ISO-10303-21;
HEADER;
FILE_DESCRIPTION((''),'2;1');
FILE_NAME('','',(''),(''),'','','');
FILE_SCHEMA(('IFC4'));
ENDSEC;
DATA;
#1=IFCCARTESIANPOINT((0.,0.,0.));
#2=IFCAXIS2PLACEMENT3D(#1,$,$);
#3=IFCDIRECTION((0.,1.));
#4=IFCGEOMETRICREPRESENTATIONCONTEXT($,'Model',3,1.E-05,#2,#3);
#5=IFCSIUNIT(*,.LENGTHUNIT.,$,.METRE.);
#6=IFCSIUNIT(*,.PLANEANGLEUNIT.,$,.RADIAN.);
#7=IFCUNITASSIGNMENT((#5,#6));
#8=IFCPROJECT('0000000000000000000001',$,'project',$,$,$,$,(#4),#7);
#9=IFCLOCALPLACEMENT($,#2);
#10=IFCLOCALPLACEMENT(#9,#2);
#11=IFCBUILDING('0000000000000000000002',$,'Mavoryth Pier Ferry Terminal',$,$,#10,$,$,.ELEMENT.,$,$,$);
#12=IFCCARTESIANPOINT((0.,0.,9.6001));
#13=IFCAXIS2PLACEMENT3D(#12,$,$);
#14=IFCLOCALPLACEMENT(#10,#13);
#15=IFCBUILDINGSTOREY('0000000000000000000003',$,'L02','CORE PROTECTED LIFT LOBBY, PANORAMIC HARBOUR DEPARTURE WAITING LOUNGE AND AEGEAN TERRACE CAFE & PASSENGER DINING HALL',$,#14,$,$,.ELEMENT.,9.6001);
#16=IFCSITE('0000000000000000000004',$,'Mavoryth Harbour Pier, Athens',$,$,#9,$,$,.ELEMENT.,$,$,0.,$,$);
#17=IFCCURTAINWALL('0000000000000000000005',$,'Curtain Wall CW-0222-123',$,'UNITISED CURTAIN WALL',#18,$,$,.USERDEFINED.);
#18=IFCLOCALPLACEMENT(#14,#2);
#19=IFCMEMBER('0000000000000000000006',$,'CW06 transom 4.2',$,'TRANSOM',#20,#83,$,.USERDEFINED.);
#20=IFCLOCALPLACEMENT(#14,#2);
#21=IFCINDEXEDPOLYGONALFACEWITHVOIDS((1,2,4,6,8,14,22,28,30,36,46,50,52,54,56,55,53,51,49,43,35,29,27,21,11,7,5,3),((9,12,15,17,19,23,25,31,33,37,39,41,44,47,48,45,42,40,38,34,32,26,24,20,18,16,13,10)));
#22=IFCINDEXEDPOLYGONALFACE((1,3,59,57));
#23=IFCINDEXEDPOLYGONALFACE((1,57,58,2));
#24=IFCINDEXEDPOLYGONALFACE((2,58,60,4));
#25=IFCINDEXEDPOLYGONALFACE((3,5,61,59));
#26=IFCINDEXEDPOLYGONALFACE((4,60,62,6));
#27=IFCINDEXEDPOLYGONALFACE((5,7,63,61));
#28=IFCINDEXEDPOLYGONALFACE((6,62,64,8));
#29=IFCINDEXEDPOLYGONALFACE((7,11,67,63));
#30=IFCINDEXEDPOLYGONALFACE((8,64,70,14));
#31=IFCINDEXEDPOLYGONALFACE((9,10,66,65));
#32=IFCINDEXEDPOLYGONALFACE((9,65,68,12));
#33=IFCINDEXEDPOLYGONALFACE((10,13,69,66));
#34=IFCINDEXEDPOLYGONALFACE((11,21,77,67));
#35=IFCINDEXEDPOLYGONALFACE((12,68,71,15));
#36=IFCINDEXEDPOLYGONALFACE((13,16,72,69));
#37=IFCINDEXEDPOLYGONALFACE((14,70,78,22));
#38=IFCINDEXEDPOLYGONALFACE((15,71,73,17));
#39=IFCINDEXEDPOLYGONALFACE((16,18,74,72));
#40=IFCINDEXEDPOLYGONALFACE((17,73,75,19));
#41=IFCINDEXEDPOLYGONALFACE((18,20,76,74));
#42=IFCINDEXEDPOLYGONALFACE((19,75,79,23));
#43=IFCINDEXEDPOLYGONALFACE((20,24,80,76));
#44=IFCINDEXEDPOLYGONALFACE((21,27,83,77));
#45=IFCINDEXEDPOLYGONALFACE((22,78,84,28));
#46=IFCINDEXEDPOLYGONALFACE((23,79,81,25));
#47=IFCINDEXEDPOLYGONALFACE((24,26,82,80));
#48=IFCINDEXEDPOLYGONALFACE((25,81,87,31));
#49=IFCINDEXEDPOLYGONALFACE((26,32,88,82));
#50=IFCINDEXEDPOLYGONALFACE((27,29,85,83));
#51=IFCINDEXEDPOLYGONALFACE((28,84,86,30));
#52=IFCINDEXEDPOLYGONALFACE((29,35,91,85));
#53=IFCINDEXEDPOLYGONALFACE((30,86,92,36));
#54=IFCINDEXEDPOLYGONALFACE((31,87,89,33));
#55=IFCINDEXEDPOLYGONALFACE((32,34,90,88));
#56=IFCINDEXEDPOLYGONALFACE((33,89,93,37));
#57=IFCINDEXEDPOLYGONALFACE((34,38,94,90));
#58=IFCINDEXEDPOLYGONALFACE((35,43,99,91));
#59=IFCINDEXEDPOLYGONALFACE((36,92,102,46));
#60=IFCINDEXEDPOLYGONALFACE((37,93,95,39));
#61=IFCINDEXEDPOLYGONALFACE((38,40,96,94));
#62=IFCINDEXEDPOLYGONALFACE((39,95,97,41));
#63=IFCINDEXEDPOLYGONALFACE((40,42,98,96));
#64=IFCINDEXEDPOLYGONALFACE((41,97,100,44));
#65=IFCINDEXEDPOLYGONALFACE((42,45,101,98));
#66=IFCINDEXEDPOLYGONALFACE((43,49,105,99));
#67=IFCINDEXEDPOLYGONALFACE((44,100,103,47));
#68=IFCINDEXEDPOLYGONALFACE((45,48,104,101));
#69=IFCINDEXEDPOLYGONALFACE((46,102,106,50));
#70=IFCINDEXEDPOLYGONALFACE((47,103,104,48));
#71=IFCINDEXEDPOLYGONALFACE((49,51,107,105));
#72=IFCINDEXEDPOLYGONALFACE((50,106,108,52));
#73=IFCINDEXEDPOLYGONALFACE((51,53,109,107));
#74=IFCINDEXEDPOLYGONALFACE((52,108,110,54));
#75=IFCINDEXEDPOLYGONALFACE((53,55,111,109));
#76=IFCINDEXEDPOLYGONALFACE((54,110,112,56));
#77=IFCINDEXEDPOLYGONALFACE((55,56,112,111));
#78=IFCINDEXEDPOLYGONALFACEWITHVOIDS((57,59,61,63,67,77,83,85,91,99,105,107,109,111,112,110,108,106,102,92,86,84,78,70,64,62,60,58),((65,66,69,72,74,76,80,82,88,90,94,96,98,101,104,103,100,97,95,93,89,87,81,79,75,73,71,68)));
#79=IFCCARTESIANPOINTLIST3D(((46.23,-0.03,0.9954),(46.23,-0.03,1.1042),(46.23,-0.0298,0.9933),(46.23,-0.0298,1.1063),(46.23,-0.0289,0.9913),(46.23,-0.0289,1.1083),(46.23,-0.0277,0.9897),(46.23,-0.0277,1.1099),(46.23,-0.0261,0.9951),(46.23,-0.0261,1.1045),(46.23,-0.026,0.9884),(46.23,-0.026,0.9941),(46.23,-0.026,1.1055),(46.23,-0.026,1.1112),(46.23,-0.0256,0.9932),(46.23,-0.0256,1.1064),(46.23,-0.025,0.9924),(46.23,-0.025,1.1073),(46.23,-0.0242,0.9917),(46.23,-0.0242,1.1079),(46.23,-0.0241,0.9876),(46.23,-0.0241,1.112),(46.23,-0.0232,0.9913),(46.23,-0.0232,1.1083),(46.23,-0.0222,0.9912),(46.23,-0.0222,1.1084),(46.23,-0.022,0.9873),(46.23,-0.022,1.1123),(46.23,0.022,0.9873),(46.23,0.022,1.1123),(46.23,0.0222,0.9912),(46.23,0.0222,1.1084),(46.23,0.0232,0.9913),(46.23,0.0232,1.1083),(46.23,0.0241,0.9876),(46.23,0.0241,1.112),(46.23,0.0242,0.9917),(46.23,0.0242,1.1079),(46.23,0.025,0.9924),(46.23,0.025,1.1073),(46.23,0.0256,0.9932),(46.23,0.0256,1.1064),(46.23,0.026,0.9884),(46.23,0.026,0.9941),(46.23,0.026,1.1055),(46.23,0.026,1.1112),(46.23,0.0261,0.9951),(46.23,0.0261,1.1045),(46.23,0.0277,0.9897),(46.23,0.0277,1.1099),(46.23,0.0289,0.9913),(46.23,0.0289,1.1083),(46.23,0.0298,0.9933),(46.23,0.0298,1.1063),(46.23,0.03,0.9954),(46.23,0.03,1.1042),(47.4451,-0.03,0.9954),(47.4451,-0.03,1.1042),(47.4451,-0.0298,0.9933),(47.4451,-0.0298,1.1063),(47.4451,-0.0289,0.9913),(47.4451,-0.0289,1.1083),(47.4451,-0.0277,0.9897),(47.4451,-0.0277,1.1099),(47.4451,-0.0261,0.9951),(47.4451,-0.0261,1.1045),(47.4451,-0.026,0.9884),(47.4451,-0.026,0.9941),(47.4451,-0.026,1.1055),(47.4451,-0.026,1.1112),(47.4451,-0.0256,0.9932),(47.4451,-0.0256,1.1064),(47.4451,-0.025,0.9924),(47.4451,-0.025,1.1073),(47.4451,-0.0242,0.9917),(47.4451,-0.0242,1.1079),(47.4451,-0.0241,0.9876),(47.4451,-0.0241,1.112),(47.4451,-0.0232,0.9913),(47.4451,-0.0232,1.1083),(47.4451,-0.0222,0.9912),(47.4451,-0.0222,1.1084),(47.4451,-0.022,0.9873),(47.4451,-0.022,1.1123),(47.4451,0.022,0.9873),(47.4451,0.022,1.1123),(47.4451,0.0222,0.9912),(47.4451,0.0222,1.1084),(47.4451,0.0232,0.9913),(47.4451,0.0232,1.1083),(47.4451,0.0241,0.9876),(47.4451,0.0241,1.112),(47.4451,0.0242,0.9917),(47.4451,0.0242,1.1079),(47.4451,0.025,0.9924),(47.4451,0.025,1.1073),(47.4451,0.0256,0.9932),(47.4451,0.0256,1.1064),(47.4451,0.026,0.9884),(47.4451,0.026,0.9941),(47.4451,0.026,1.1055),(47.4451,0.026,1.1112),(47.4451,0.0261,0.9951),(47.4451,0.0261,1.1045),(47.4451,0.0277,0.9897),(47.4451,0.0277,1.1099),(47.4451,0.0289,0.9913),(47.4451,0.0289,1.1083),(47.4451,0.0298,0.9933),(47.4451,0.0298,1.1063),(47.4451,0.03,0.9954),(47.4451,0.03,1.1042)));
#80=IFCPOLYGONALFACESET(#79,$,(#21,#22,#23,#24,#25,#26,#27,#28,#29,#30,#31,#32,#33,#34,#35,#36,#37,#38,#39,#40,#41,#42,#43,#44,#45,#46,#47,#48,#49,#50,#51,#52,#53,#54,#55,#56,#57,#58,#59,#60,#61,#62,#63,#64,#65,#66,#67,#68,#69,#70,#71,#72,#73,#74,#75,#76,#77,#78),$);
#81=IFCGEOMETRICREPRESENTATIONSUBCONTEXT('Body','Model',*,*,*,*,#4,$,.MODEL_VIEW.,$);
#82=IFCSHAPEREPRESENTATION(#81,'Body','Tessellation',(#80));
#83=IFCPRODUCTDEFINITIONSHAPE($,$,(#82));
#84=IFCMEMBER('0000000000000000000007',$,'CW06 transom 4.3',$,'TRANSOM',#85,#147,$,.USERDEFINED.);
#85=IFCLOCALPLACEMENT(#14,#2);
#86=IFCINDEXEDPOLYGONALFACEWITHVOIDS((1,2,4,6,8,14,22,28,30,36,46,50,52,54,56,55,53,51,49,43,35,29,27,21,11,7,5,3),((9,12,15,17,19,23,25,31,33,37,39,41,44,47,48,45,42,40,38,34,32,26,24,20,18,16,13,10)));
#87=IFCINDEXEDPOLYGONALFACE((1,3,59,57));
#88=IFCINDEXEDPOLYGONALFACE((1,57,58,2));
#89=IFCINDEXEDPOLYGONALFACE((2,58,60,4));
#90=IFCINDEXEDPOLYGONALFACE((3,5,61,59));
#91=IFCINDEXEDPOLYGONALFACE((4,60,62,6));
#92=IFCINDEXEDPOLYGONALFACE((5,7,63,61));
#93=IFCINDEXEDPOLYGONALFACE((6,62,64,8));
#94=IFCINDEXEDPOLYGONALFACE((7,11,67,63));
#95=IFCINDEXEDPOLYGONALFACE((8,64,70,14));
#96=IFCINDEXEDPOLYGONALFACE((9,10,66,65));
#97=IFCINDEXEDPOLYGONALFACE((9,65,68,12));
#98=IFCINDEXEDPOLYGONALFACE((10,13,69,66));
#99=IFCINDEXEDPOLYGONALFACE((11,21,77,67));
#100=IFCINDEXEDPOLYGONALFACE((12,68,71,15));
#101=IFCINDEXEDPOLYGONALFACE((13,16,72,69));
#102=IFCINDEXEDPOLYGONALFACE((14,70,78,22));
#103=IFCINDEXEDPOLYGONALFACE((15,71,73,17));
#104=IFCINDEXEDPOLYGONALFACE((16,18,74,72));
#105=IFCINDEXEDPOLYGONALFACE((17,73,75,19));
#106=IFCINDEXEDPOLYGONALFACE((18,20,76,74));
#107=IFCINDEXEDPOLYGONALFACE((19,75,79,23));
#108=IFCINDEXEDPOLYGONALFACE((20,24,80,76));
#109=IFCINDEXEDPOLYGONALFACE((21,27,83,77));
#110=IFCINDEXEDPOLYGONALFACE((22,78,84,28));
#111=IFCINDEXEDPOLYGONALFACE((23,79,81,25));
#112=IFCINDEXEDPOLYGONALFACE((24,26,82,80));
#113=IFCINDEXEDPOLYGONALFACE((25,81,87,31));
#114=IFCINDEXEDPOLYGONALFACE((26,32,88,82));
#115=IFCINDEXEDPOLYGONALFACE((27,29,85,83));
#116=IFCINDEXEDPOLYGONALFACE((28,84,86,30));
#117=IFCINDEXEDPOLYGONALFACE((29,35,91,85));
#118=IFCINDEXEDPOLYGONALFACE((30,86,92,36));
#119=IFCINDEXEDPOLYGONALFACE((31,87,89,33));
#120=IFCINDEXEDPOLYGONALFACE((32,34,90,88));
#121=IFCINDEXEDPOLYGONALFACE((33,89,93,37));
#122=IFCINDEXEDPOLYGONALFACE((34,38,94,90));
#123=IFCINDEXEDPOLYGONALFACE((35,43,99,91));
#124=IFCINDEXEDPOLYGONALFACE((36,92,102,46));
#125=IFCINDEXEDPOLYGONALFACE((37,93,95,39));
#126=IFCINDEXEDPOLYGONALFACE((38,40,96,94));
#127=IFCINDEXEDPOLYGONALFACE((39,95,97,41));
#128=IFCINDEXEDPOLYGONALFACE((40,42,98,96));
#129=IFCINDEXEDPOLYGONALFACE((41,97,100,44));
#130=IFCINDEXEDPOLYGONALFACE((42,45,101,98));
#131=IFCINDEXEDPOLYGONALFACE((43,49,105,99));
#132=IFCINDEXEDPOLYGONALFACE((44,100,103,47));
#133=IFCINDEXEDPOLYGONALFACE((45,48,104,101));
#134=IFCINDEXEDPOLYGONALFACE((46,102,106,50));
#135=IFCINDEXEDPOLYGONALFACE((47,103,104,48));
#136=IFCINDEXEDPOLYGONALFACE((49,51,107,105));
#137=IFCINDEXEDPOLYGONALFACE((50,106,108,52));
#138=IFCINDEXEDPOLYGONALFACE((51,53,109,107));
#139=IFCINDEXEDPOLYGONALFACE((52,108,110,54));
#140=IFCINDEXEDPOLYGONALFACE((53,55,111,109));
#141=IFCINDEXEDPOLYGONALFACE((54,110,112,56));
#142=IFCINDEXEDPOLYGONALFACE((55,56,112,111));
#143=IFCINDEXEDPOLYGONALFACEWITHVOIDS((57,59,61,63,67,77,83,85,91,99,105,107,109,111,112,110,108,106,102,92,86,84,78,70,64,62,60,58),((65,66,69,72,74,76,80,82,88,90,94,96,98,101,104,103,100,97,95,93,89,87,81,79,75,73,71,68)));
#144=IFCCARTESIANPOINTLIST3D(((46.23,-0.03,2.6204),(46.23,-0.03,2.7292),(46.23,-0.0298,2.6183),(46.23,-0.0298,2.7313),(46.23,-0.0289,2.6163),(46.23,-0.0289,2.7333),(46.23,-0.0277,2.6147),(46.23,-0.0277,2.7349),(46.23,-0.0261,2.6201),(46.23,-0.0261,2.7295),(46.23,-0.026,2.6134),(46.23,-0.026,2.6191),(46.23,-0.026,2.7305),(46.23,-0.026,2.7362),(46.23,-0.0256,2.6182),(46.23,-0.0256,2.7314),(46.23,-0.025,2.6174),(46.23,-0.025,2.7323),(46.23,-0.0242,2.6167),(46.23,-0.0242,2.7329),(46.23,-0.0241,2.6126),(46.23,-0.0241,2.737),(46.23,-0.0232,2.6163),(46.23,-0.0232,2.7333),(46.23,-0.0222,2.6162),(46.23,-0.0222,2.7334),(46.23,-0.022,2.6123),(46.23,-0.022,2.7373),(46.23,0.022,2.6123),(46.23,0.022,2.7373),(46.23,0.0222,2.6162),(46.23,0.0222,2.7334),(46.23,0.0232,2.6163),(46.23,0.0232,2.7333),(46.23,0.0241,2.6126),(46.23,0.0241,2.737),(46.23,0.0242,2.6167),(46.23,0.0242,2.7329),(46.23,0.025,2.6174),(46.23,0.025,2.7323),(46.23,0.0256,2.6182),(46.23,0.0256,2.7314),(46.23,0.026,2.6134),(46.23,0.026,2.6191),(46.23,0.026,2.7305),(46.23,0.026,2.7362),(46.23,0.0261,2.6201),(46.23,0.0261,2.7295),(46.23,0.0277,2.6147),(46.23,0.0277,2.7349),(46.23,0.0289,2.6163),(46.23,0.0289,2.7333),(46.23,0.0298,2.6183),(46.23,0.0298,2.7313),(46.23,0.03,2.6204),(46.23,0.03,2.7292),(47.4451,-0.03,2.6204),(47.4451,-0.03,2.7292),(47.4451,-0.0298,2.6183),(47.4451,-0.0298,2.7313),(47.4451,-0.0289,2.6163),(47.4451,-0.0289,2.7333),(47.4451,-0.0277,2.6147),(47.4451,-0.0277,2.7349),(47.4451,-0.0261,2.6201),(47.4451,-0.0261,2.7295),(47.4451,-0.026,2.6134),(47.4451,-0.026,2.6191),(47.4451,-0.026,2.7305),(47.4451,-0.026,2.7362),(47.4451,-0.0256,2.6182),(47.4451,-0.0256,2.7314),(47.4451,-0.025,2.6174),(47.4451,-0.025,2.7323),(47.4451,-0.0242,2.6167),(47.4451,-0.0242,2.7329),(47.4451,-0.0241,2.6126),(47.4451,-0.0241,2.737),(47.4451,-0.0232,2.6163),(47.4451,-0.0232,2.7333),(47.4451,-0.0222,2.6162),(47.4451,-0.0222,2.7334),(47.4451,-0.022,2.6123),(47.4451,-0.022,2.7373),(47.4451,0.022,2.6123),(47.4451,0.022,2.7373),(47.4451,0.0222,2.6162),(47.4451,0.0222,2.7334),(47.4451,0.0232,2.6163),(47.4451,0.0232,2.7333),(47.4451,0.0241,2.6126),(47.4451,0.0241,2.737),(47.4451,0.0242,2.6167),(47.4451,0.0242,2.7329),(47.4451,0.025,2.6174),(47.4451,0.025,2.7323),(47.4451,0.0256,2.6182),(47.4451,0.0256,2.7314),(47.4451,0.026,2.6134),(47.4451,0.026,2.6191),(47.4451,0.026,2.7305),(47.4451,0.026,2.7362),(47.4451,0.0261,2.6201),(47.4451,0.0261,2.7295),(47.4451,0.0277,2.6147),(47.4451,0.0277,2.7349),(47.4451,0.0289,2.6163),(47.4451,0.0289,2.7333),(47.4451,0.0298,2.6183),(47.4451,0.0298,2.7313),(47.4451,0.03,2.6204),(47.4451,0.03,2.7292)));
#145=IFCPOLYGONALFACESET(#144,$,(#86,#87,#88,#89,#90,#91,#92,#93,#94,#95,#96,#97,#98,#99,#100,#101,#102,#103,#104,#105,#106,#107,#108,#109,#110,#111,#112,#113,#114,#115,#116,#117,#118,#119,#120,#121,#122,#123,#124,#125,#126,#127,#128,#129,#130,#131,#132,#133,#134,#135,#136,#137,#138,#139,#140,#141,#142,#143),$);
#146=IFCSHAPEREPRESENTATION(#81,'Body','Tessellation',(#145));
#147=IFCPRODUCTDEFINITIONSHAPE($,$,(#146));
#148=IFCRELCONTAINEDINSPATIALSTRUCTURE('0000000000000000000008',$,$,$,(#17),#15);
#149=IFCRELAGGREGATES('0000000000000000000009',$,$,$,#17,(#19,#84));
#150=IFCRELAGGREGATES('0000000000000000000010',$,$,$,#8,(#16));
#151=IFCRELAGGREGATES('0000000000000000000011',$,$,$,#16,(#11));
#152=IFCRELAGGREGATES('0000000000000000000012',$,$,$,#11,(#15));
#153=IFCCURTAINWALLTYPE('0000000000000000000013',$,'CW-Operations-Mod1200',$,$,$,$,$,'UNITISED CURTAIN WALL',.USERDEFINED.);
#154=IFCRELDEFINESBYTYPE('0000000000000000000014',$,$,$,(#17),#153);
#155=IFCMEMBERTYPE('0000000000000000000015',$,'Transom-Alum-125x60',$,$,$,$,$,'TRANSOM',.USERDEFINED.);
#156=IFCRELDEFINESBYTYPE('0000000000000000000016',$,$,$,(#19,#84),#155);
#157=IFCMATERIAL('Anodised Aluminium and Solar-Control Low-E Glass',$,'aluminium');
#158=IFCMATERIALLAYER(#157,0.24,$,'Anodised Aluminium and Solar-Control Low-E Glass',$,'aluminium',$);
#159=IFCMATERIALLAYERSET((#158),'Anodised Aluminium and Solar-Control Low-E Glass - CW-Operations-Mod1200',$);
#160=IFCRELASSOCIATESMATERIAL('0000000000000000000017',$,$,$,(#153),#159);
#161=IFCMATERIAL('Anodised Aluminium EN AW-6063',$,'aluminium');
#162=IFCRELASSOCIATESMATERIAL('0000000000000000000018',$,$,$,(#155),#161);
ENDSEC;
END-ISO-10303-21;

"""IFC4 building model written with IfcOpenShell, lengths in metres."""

from ifc_helpers import new_model, si_unit, direction, frame, origin, origin_2d, place, context, subcontext, project, spatial, hollow_rectangle, extrude, material, layer, layer_set, material_profile, profile_set, type_object, element, aggregate, save


model = new_model("IFC4")

# Units and contexts
model_context = context("Model", 3, precision=1e-05, world=origin(), true_north=direction((0.0, 1.0)))
body_context = subcontext(model_context, "Body", "Model", "MODEL_VIEW")
ifc_project = project(units=[si_unit("LENGTHUNIT", "METRE"), si_unit("PLANEANGLEUNIT", "RADIAN")], contexts=[model_context])

# Site, building, storey
site_placement = place(None, origin())
site = spatial("IfcSite", under=ifc_project, at=site_placement, Name="Mavoryth Harbour Pier, Athens", CompositionType="ELEMENT", RefElevation=0.0)
building_placement = place(site_placement, origin())
building = spatial("IfcBuilding", under=site, at=building_placement, Name="Mavoryth Pier Ferry Terminal", CompositionType="ELEMENT")
storey_placement = place(building_placement, frame((0.0, 0.0, 9.6001)))
storey = spatial("IfcBuildingStorey", under=building, at=storey_placement, Name="L02", Description="CORE PROTECTED LIFT LOBBY, PANORAMIC HARBOUR DEPARTURE WAITING LOUNGE AND AEGEAN TERRACE CAFE & PASSENGER DINING HALL", CompositionType="ELEMENT", Elevation=9.6001)

# Curtain wall
ifc_material_1 = material(Name="Anodised Aluminium and Solar-Control Low-E Glass", Category="aluminium")
ifc_layer_1 = layer(ifc_material_1, 0.24, Name="Anodised Aluminium and Solar-Control Low-E Glass", Category="aluminium")
ifc_layer_set_1 = layer_set([ifc_layer_1], Name="Anodised Aluminium and Solar-Control Low-E Glass - CW-Operations-Mod1200")
curtain_wall_type = type_object("IfcCurtainWallType", Name="CW-Operations-Mod1200", ElementType="UNITISED CURTAIN WALL", PredefinedType="USERDEFINED", material=ifc_layer_set_1)
curtain_wall_placement = place(storey_placement, origin())
curtain_wall = element("IfcCurtainWall", 1, at=curtain_wall_placement, inside=storey, type_object=curtain_wall_type, Name="Curtain Wall CW-0222-123", ObjectType="UNITISED CURTAIN WALL", PredefinedType="USERDEFINED")
ifc_material_2 = material(Name="Anodised Aluminium EN AW-6063", Category="aluminium")

# Members
ifc_material_profile_1 = material_profile(ifc_material_2, hollow_rectangle(XDim=0.0601, YDim=0.125, WallThickness=0.0039, InnerFilletRadius=0.0039, OuterFilletRadius=0.0081, at=origin_2d()), Name="AL-TRAN 125x60x4", Category="aluminium")
ifc_profile_set_1 = profile_set([ifc_material_profile_1], Name="Anodised Aluminium EN AW-6063 - AL-TRAN 125x60x4")
member_type_1 = type_object("IfcMemberType", Name="Transom-Alum-125x60", ElementType="TRANSOM", PredefinedType="USERDEFINED", material=ifc_profile_set_1)
member_1_placement = place(storey_placement, frame((46.23, 0.0, 1.0498), z_axis=(1.0, 0.0, 0.0), x_axis=(0.0, 1.0, 0.0)))
member_1 = element("IfcMember", 2, at=member_1_placement, type_object=member_type_1, Name="CW06 transom 4.2", ObjectType="TRANSOM", PredefinedType="USERDEFINED", context=body_context, shape_type="SweptSolid", body=[
    extrude(hollow_rectangle(XDim=0.0601, YDim=0.125, WallThickness=0.0039, InnerFilletRadius=0.0039, OuterFilletRadius=0.0081, at=origin_2d()), origin(), (0.0, 0.0, 1.0), 1.2151),
])
member_2_placement = place(storey_placement, frame((46.23, 0.0, 2.6748), z_axis=(1.0, 0.0, 0.0), x_axis=(0.0, 1.0, 0.0)))
member_2 = element("IfcMember", 3, at=member_2_placement, type_object=member_type_1, Name="CW06 transom 4.3", ObjectType="TRANSOM", PredefinedType="USERDEFINED", context=body_context, shape_type="SweptSolid", body=[
    extrude(hollow_rectangle(XDim=0.0601, YDim=0.125, WallThickness=0.0039, InnerFilletRadius=0.0039, OuterFilletRadius=0.0081, at=origin_2d()), origin(), (0.0, 0.0, 1.0), 1.2151),
])

aggregate(curtain_wall, [member_1, member_2])

save(model, "model.ifc")
